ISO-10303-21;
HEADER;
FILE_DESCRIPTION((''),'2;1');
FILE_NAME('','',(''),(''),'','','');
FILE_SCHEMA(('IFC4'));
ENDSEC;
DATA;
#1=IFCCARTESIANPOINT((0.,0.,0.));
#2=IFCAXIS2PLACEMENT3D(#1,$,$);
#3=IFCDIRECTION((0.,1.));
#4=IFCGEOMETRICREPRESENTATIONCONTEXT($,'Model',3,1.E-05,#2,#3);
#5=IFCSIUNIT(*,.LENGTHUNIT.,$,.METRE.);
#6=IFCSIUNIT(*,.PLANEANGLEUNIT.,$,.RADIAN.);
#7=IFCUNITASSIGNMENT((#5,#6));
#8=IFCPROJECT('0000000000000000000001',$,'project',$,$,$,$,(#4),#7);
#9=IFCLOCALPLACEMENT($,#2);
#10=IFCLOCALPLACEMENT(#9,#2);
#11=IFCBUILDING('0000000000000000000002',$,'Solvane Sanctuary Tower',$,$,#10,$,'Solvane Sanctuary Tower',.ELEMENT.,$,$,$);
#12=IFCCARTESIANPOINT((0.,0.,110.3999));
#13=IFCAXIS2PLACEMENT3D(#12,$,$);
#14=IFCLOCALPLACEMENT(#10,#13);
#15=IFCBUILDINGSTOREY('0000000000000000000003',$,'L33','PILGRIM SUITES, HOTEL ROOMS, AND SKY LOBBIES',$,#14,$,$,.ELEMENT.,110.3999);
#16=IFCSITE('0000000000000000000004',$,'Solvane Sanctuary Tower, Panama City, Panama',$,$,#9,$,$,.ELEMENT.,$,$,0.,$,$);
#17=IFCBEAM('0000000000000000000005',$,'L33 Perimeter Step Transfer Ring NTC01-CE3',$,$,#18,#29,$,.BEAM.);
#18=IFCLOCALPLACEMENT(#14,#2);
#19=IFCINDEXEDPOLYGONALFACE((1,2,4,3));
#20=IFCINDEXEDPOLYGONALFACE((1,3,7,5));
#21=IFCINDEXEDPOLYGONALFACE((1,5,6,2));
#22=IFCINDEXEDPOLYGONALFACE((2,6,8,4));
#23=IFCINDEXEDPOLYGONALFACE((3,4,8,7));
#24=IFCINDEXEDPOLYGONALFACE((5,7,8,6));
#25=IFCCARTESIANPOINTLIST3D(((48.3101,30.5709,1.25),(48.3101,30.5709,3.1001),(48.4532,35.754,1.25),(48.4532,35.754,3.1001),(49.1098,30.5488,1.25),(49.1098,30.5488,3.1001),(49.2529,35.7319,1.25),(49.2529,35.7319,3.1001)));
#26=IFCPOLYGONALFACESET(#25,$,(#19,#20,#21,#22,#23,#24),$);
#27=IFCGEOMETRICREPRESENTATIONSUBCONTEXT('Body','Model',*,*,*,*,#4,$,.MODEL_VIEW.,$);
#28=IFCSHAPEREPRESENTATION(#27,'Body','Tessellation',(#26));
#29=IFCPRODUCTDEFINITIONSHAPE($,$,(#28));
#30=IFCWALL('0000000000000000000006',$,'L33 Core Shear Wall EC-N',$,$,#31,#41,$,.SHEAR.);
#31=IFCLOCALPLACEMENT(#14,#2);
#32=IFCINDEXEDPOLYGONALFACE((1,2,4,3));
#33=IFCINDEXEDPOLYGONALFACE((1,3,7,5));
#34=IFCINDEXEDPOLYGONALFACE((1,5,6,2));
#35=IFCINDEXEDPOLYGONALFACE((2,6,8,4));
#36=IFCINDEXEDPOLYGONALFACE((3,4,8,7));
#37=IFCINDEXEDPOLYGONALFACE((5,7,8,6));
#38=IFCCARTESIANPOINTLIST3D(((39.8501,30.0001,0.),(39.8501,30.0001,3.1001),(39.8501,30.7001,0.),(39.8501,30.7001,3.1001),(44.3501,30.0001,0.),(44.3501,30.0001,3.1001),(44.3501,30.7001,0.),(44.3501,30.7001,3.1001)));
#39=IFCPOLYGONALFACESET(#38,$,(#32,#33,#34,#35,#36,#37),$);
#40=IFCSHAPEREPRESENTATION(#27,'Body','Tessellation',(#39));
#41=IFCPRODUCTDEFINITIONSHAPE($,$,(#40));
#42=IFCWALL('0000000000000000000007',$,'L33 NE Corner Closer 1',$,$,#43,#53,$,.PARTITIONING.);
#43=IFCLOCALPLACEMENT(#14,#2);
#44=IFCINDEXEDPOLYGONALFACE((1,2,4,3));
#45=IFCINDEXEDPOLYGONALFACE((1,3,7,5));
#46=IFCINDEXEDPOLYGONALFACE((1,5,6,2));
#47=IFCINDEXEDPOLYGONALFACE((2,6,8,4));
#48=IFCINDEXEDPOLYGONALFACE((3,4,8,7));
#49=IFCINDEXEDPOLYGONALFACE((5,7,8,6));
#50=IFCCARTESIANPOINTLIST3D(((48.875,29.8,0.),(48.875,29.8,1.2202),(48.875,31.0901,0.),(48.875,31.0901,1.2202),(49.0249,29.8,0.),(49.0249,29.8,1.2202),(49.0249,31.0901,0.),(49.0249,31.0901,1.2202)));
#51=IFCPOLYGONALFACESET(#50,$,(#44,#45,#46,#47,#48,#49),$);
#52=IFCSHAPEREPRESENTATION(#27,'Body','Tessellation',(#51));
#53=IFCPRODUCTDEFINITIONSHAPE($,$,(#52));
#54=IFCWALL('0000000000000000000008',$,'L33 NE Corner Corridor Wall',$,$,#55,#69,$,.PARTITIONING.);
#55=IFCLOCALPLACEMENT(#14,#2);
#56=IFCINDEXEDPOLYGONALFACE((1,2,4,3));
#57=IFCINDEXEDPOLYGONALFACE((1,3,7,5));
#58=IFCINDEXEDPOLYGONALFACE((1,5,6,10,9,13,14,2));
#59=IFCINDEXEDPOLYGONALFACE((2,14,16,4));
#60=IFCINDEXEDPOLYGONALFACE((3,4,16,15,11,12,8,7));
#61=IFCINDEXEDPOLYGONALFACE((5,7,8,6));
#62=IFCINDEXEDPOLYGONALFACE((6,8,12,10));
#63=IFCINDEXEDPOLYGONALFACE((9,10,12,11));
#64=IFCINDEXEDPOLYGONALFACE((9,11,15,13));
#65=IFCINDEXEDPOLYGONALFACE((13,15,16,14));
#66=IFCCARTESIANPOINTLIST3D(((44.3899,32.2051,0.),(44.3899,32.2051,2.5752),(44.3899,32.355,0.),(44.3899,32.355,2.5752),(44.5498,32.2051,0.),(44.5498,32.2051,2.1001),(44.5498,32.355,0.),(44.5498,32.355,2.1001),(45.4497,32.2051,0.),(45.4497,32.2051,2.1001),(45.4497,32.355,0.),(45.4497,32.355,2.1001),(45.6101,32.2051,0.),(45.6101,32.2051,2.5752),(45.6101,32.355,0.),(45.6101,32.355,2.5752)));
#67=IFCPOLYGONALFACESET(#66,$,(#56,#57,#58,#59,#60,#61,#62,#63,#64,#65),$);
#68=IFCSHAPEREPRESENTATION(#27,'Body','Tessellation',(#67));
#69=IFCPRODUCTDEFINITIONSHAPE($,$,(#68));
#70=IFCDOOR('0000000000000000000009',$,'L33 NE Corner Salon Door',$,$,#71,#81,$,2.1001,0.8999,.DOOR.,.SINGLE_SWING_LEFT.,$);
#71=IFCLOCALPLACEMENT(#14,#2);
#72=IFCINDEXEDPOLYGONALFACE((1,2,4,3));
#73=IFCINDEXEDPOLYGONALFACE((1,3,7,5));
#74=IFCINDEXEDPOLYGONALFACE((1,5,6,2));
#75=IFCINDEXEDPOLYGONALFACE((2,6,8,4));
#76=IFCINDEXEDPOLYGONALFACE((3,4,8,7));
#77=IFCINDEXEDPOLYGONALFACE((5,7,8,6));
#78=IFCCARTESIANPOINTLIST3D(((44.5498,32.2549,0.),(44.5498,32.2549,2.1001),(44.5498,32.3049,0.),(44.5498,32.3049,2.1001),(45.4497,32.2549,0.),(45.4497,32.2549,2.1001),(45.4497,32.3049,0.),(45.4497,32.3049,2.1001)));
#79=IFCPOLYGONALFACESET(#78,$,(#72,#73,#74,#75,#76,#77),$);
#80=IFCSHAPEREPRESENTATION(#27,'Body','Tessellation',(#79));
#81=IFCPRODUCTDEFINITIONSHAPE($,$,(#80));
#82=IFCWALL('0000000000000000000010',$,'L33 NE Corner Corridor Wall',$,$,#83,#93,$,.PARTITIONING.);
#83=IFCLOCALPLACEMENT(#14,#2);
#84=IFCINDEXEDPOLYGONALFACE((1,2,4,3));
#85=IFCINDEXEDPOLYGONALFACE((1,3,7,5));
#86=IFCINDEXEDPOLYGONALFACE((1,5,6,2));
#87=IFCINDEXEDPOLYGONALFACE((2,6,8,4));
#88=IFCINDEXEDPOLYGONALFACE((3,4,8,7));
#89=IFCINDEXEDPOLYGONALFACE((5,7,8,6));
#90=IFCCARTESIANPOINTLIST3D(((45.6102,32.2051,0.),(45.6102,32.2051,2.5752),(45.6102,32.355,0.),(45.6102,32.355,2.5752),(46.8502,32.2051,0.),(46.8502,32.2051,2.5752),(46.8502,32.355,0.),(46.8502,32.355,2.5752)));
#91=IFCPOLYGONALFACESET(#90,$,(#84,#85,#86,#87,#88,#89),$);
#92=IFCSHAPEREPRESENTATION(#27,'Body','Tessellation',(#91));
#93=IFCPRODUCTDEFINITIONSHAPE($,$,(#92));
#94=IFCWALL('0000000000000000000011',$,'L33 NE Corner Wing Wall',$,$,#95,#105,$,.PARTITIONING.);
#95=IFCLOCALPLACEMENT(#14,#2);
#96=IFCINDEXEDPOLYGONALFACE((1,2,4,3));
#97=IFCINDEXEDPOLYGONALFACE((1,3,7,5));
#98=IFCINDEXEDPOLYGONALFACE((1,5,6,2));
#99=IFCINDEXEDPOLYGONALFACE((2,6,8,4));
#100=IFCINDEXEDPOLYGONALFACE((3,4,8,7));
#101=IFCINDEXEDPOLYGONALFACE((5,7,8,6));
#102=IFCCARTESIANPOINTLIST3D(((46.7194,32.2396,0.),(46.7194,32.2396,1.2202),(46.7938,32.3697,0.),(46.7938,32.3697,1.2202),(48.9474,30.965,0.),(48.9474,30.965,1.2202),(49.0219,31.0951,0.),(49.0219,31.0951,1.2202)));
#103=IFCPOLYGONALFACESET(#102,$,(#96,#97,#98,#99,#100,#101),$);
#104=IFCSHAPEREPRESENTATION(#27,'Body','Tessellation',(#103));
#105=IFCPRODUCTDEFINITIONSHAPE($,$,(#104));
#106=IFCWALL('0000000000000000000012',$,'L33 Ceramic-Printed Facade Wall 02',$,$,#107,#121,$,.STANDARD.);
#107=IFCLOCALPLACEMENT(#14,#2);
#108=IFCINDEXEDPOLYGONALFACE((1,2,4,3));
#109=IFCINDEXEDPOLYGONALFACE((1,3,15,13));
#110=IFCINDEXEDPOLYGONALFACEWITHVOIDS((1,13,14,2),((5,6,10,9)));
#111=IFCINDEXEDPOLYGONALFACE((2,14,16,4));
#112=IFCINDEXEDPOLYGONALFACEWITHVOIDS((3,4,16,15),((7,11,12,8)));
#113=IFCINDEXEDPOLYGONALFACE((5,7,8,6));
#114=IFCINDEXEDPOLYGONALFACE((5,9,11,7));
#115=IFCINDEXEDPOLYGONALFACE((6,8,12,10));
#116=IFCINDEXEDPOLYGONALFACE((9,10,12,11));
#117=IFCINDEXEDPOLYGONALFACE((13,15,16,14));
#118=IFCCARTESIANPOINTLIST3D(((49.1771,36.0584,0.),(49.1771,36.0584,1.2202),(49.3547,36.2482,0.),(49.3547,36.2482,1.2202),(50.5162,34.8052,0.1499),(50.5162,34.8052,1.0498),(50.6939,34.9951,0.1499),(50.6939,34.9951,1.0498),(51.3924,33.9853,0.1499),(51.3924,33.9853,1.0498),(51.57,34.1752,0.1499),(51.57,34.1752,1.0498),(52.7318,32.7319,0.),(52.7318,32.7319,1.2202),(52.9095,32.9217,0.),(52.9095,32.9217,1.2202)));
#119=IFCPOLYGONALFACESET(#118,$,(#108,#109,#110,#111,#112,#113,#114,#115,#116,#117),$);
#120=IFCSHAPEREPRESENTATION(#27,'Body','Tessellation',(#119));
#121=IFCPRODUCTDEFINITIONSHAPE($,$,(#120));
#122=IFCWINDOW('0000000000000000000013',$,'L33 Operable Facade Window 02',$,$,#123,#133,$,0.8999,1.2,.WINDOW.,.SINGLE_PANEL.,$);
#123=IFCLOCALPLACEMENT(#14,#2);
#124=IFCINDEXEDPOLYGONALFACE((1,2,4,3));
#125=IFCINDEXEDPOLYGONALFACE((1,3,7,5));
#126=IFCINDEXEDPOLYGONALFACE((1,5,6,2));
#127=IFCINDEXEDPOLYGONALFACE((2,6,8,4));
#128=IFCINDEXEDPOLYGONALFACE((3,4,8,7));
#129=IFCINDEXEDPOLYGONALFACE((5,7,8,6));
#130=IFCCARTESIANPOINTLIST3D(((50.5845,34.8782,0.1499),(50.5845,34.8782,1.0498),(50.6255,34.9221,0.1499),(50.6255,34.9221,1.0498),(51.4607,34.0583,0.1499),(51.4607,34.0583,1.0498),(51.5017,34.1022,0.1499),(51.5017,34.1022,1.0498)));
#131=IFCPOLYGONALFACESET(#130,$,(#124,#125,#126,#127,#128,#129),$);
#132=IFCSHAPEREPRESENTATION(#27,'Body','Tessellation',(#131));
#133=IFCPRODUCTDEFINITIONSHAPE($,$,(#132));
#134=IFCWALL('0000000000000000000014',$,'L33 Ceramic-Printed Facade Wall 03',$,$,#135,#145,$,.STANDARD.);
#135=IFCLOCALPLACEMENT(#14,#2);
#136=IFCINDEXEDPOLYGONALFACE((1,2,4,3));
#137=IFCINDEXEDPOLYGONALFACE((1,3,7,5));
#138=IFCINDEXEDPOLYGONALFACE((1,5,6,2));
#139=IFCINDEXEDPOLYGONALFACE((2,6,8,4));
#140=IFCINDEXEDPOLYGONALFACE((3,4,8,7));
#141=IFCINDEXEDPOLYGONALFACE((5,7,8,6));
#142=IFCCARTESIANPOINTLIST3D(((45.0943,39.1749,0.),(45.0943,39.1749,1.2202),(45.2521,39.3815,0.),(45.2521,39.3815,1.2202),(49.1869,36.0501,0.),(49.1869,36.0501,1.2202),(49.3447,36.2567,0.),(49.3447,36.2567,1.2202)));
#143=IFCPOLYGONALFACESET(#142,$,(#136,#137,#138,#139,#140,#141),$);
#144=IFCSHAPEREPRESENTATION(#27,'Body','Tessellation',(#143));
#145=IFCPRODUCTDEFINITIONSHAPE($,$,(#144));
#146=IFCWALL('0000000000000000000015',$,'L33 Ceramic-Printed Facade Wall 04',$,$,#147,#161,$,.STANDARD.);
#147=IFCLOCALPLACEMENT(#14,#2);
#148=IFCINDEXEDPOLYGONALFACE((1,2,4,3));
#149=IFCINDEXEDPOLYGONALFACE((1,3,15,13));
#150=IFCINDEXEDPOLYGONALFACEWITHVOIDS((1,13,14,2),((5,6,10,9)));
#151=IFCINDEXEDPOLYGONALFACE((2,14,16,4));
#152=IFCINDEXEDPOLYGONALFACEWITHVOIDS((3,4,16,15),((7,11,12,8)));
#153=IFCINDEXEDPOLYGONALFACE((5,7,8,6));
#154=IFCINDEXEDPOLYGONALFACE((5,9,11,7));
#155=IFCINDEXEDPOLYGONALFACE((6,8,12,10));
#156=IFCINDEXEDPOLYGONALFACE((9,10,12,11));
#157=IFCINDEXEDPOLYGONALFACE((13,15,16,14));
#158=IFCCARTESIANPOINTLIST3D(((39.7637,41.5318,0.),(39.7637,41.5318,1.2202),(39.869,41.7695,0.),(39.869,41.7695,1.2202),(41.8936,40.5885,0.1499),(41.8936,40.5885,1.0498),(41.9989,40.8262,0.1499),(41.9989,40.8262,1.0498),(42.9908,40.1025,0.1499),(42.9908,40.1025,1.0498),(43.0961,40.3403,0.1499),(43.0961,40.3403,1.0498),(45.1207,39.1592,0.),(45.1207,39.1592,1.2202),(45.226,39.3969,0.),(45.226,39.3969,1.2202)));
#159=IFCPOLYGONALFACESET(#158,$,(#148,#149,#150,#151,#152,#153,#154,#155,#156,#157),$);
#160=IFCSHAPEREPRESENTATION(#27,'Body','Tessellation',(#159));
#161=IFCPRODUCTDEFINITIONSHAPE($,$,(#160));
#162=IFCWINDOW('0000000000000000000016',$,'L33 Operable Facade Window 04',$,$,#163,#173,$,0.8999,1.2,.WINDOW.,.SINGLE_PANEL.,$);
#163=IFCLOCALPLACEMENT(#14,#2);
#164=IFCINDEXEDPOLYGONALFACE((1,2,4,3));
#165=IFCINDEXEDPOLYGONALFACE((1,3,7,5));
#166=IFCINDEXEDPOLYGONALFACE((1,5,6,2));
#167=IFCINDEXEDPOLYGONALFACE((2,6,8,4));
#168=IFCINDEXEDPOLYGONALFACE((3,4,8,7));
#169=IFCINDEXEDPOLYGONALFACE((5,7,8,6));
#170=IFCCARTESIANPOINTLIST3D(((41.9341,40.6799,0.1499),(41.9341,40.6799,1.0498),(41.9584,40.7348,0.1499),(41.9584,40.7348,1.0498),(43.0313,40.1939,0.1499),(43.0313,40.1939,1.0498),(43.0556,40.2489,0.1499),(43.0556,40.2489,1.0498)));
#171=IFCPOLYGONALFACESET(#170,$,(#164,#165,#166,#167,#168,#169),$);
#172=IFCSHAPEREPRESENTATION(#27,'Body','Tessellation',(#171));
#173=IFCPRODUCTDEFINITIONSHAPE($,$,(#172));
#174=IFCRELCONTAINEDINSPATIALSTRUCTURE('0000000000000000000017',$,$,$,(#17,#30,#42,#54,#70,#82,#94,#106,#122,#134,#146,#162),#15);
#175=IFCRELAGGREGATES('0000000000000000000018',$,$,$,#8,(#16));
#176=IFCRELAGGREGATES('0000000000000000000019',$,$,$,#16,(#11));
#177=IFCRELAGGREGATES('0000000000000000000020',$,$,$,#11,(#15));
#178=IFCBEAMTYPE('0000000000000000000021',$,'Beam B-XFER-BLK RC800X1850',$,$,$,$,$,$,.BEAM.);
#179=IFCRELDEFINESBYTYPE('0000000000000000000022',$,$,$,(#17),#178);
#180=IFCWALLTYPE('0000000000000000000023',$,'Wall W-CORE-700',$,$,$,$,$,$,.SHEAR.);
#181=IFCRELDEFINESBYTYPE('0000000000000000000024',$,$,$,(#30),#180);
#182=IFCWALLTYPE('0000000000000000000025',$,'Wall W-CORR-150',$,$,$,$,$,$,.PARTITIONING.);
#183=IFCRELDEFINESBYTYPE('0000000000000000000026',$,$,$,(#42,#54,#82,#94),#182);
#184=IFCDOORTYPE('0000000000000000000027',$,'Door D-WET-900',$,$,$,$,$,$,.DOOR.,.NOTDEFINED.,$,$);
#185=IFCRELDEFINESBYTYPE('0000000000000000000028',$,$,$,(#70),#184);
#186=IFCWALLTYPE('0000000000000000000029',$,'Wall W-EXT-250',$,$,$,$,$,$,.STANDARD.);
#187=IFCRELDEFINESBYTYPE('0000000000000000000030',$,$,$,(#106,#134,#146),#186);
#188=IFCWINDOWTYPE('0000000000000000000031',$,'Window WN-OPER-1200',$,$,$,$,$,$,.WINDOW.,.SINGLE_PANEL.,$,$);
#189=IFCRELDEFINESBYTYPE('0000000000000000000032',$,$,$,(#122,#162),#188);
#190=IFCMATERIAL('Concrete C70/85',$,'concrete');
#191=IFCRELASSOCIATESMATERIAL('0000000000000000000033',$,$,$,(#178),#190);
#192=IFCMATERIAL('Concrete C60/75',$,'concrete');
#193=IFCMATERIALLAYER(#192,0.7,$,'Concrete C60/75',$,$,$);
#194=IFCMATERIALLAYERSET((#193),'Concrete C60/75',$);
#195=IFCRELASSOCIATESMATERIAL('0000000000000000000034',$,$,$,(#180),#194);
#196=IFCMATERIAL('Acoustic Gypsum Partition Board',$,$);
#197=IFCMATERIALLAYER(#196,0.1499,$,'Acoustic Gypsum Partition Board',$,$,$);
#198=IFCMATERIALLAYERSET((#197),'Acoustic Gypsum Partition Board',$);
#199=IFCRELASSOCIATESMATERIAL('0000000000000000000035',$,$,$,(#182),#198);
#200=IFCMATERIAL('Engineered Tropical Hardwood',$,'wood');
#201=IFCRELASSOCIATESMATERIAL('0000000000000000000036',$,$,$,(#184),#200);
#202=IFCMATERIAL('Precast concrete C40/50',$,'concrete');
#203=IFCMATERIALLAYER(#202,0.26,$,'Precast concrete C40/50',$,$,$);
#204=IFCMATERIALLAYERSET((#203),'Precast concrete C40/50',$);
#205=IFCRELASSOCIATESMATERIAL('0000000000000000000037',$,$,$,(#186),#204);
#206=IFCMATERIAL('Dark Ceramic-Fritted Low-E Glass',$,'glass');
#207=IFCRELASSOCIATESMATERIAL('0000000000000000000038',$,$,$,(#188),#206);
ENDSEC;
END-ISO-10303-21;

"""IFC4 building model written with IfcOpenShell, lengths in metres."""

from ifc_helpers import new_model, si_unit, direction, frame, frame_2d, origin, origin_2d, place, context, subcontext, project, spatial, rectangle, extrude, material, layer, layer_set, material_profile, profile_set, type_object, element, fill, save


model = new_model("IFC4")

# Units and contexts
model_context = context("Model", 3, precision=1e-05, world=origin(), true_north=direction((0.0, 1.0)))
body_context = subcontext(model_context, "Body", "Model", "MODEL_VIEW")
ifc_project = project(units=[si_unit("LENGTHUNIT", "METRE"), si_unit("PLANEANGLEUNIT", "RADIAN")], contexts=[model_context])

# Site, building, storey
site_placement = place(None, origin())
site = spatial("IfcSite", under=ifc_project, at=site_placement, Name="Solvane Sanctuary Tower, Panama City, Panama", CompositionType="ELEMENT", RefElevation=0.0)
building_placement = place(site_placement, origin())
building = spatial("IfcBuilding", under=site, at=building_placement, Name="Solvane Sanctuary Tower", LongName="Solvane Sanctuary Tower", CompositionType="ELEMENT")
storey_placement = place(building_placement, frame((0.0, 0.0, 110.3999)))
storey = spatial("IfcBuildingStorey", under=building, at=storey_placement, Name="L33", Description="PILGRIM SUITES, HOTEL ROOMS, AND SKY LOBBIES", CompositionType="ELEMENT", Elevation=110.3999)

# Shared definitions
ifc_material_1 = material(Name="Concrete C70/85", Category="concrete")
ifc_material_2 = material(Name="Concrete C60/75", Category="concrete")

# Beam
ifc_material_profile_1 = material_profile(ifc_material_1, rectangle(XDim=0.8, YDim=1.8501, at=origin_2d()), Name="RC800X1850")
ifc_profile_set_1 = profile_set([ifc_material_profile_1], Name="Concrete C70/85")
beam_type_1 = type_object("IfcBeamType", Name="Beam B-XFER-BLK RC800X1850", PredefinedType="BEAM", material=ifc_profile_set_1)
beam_1_placement = place(storey_placement, frame((48.853, 35.7429, 2.175), z_axis=(-0.027592, -0.999619, 0.0), x_axis=(0.999619, -0.027592, 0.0)))
element("IfcBeam", 1, at=beam_1_placement, inside=storey, type_object=beam_type_1, Name="L33 Perimeter Step Transfer Ring NTC01-CE3", PredefinedType="BEAM", context=body_context, shape_type="SweptSolid", body=[
    extrude(rectangle(XDim=0.8, YDim=1.8501, at=origin_2d()), origin(), (0.0, 0.0, 1.0), 5.1851),
])

# Walls
ifc_layer_1 = layer(ifc_material_2, 0.7, Name="Concrete C60/75")
ifc_layer_set_1 = layer_set([ifc_layer_1], Name="Concrete C60/75")
wall_type_1 = type_object("IfcWallType", Name="Wall W-CORE-700", PredefinedType="SHEAR", material=ifc_layer_set_1)
wall_1_placement = place(storey_placement, frame((39.8501, 30.3501, 0.0), z_axis=(0.0, 0.0, 1.0), x_axis=(1.0, 0.0, 0.0)))
element("IfcWall", 2, at=wall_1_placement, inside=storey, type_object=wall_type_1, Name="L33 Core Shear Wall EC-N", PredefinedType="SHEAR", context=body_context, shape_type="SweptSolid", body=[
    extrude(rectangle(XDim=4.5, YDim=0.7, at=frame_2d((2.25, 0.0))), origin(), (0.0, 0.0, 1.0), 3.1001),
])
ifc_material_3 = material(Name="Acoustic Gypsum Partition Board")
ifc_layer_2 = layer(ifc_material_3, 0.1499, Name="Acoustic Gypsum Partition Board")
ifc_layer_set_2 = layer_set([ifc_layer_2], Name="Acoustic Gypsum Partition Board")
wall_type_2 = type_object("IfcWallType", Name="Wall W-CORR-150", PredefinedType="PARTITIONING", material=ifc_layer_set_2)
wall_2_placement = place(storey_placement, frame((48.95, 29.8, 0.0), z_axis=(0.0, 0.0, 1.0), x_axis=(0.0, 1.0, 0.0)))
element("IfcWall", 3, at=wall_2_placement, inside=storey, type_object=wall_type_2, Name="L33 NE Corner Closer 1", PredefinedType="PARTITIONING", context=body_context, shape_type="SweptSolid", body=[
    extrude(rectangle(XDim=1.29, YDim=0.1499, at=frame_2d((0.645, 0.0))), origin(), (0.0, 0.0, 1.0), 1.2202),
])

# Wall, opening, door
wall_3_placement = place(storey_placement, frame((44.3899, 32.28, 0.0), z_axis=(0.0, 0.0, 1.0), x_axis=(1.0, 0.0, 0.0)))
wall_3 = element("IfcWall", 4, at=wall_3_placement, inside=storey, type_object=wall_type_2, Name="L33 NE Corner Corridor Wall", PredefinedType="PARTITIONING", context=body_context, shape_type="SweptSolid", body=[
    extrude(rectangle(XDim=1.2202, YDim=0.1499, at=frame_2d((0.6101, 0.0))), origin(), (0.0, 0.0, 1.0), 2.5752),
])
opening_1_placement = place(wall_3_placement, frame((0.1599, 0.0, 0.0)))
opening_1 = element("IfcOpeningElement", 5, at=opening_1_placement, cuts=wall_3, PredefinedType="OPENING", context=body_context, shape_type="SweptSolid", body=[
    extrude(rectangle(XDim=0.8999, YDim=2.1001, at=frame_2d((0.45, 1.05))), frame((0.0, 0.085, 0.0), z_axis=(0.0, -1.0, 0.0), x_axis=(1.0, 0.0, 0.0)), (0.0, 0.0, 1.0), 0.1699),
])
ifc_material_4 = material(Name="Engineered Tropical Hardwood", Category="wood")
door_type_1 = type_object("IfcDoorType", Name="Door D-WET-900", OperationType="NOTDEFINED", PredefinedType="DOOR", material=ifc_material_4)
door_1_placement = place(opening_1_placement, origin())
door_1 = element("IfcDoor", 6, at=door_1_placement, inside=storey, type_object=door_type_1, Name="L33 NE Corner Salon Door", OperationType="SINGLE_SWING_LEFT", OverallHeight=2.1001, OverallWidth=0.8999, PredefinedType="DOOR", context=body_context, shape_type="SweptSolid", body=[
    extrude(rectangle(XDim=0.8999, YDim=2.1001, at=frame_2d((0.45, 1.05))), frame((0.0, 0.0249, 0.0), z_axis=(0.0, -1.0, 0.0), x_axis=(1.0, 0.0, 0.0)), (0.0, 0.0, 1.0), 0.05),
])
fill(opening_1, door_1)

# Walls
wall_4_placement = place(storey_placement, frame((45.6101, 32.28, 0.0), z_axis=(0.0, 0.0, 1.0), x_axis=(1.0, 0.0, 0.0)))
element("IfcWall", 7, at=wall_4_placement, inside=storey, type_object=wall_type_2, Name="L33 NE Corner Corridor Wall", PredefinedType="PARTITIONING", context=body_context, shape_type="SweptSolid", body=[
    extrude(rectangle(XDim=1.24, YDim=0.1499, at=frame_2d((0.6201, 0.0))), origin(), (0.0, 0.0, 1.0), 2.5752),
])
wall_5_placement = place(storey_placement, frame((46.7566, 32.3047, 0.0), z_axis=(0.0, 0.0, 1.0), x_axis=(0.867991, -0.496579, 0.0)))
element("IfcWall", 8, at=wall_5_placement, inside=storey, type_object=wall_type_2, Name="L33 NE Corner Wing Wall", PredefinedType="PARTITIONING", context=body_context, shape_type="SweptSolid", body=[
    extrude(rectangle(XDim=2.5669, YDim=0.1499, at=frame_2d((1.2834, 0.0))), origin(), (0.0, 0.0, 1.0), 1.2202),
])

# Wall, opening, window
ifc_material_5 = material(Name="Precast concrete C40/50", Category="concrete")
ifc_layer_3 = layer(ifc_material_5, 0.26, Name="Precast concrete C40/50")
ifc_layer_set_3 = layer_set([ifc_layer_3], Name="Precast concrete C40/50")
wall_type_3 = type_object("IfcWallType", Name="Wall W-EXT-250", PredefinedType="STANDARD", material=ifc_layer_set_3)
wall_6_placement = place(storey_placement, frame((52.8206, 32.8269, 0.0), z_axis=(0.0, 0.0, 1.0), x_axis=(-0.730162, 0.683274, 0.0)))
wall_6 = element("IfcWall", 9, at=wall_6_placement, inside=storey, type_object=wall_type_3, Name="L33 Ceramic-Printed Facade Wall 02", PredefinedType="STANDARD", context=body_context, shape_type="SweptSolid", body=[
    extrude(rectangle(XDim=4.8684, YDim=0.26, at=frame_2d((2.4341, 0.0))), origin(), (0.0, 0.0, 1.0), 1.2202),
])
opening_2_placement = place(wall_6_placement, frame((1.8342, 0.0, 0.1499)))
opening_2 = element("IfcOpeningElement", 10, at=opening_2_placement, cuts=wall_6, PredefinedType="OPENING", context=body_context, shape_type="SweptSolid", body=[
    extrude(rectangle(XDim=1.2, YDim=0.8999, at=frame_2d((0.6001, 0.45))), frame((0.0, 0.1399, 0.0), z_axis=(0.0, -1.0, 0.0), x_axis=(1.0, 0.0, 0.0)), (0.0, 0.0, 1.0), 0.28),
])
ifc_material_6 = material(Name="Dark Ceramic-Fritted Low-E Glass", Category="glass")
window_type = type_object("IfcWindowType", Name="Window WN-OPER-1200", PartitioningType="SINGLE_PANEL", PredefinedType="WINDOW", material=ifc_material_6)
window_1_placement = place(opening_2_placement, origin())
window_1 = element("IfcWindow", 11, at=window_1_placement, inside=storey, type_object=window_type, Name="L33 Operable Facade Window 02", OverallHeight=0.8999, OverallWidth=1.2, PartitioningType="SINGLE_PANEL", PredefinedType="WINDOW", context=body_context, shape_type="SweptSolid", body=[
    extrude(rectangle(XDim=1.2, YDim=0.8999, at=frame_2d((0.6001, 0.45))), frame((0.0, 0.03, 0.0), z_axis=(0.0, -1.0, 0.0), x_axis=(1.0, 0.0, 0.0)), (0.0, 0.0, 1.0), 0.0601),
])
fill(opening_2, window_1)

# Wall
wall_7_placement = place(storey_placement, frame((49.2659, 36.1533, 0.0), z_axis=(0.0, 0.0, 1.0), x_axis=(-0.79481, 0.606859, 0.0)))
element("IfcWall", 12, at=wall_7_placement, inside=storey, type_object=wall_type_3, Name="L33 Ceramic-Printed Facade Wall 03", PredefinedType="STANDARD", context=body_context, shape_type="SweptSolid", body=[
    extrude(rectangle(XDim=5.1492, YDim=0.26, at=frame_2d((2.5747, 0.0))), origin(), (0.0, 0.0, 1.0), 1.2202),
])

# Wall, opening, window
wall_8_placement = place(storey_placement, frame((45.1733, 39.2781, 0.0), z_axis=(0.0, 0.0, 1.0), x_axis=(-0.914337, 0.404955, 0.0)))
wall_8 = element("IfcWall", 13, at=wall_8_placement, inside=storey, type_object=wall_type_3, Name="L33 Ceramic-Printed Facade Wall 04", PredefinedType="STANDARD", context=body_context, shape_type="SweptSolid", body=[
    extrude(rectangle(XDim=5.8589, YDim=0.26, at=frame_2d((2.9294, 0.0))), origin(), (0.0, 0.0, 1.0), 1.2202),
])
opening_3_placement = place(wall_8_placement, frame((2.3293, 0.0, 0.1499)))
opening_3 = element("IfcOpeningElement", 14, at=opening_3_placement, cuts=wall_8, PredefinedType="OPENING", context=body_context, shape_type="SweptSolid", body=[
    extrude(rectangle(XDim=1.2, YDim=0.8999, at=frame_2d((0.6001, 0.45))), frame((0.0, 0.1399, 0.0), z_axis=(0.0, -1.0, 0.0), x_axis=(1.0, 0.0, 0.0)), (0.0, 0.0, 1.0), 0.28),
])
window_2_placement = place(opening_3_placement, origin())
window_2 = element("IfcWindow", 15, at=window_2_placement, inside=storey, type_object=window_type, Name="L33 Operable Facade Window 04", OverallHeight=0.8999, OverallWidth=1.2, PartitioningType="SINGLE_PANEL", PredefinedType="WINDOW", context=body_context, shape_type="SweptSolid", body=[
    extrude(rectangle(XDim=1.2, YDim=0.8999, at=frame_2d((0.6001, 0.45))), frame((0.0, 0.03, 0.0), z_axis=(0.0, -1.0, 0.0), x_axis=(1.0, 0.0, 0.0)), (0.0, 0.0, 1.0), 0.0601),
])
fill(opening_3, window_2)

save(model, "model.ifc")
